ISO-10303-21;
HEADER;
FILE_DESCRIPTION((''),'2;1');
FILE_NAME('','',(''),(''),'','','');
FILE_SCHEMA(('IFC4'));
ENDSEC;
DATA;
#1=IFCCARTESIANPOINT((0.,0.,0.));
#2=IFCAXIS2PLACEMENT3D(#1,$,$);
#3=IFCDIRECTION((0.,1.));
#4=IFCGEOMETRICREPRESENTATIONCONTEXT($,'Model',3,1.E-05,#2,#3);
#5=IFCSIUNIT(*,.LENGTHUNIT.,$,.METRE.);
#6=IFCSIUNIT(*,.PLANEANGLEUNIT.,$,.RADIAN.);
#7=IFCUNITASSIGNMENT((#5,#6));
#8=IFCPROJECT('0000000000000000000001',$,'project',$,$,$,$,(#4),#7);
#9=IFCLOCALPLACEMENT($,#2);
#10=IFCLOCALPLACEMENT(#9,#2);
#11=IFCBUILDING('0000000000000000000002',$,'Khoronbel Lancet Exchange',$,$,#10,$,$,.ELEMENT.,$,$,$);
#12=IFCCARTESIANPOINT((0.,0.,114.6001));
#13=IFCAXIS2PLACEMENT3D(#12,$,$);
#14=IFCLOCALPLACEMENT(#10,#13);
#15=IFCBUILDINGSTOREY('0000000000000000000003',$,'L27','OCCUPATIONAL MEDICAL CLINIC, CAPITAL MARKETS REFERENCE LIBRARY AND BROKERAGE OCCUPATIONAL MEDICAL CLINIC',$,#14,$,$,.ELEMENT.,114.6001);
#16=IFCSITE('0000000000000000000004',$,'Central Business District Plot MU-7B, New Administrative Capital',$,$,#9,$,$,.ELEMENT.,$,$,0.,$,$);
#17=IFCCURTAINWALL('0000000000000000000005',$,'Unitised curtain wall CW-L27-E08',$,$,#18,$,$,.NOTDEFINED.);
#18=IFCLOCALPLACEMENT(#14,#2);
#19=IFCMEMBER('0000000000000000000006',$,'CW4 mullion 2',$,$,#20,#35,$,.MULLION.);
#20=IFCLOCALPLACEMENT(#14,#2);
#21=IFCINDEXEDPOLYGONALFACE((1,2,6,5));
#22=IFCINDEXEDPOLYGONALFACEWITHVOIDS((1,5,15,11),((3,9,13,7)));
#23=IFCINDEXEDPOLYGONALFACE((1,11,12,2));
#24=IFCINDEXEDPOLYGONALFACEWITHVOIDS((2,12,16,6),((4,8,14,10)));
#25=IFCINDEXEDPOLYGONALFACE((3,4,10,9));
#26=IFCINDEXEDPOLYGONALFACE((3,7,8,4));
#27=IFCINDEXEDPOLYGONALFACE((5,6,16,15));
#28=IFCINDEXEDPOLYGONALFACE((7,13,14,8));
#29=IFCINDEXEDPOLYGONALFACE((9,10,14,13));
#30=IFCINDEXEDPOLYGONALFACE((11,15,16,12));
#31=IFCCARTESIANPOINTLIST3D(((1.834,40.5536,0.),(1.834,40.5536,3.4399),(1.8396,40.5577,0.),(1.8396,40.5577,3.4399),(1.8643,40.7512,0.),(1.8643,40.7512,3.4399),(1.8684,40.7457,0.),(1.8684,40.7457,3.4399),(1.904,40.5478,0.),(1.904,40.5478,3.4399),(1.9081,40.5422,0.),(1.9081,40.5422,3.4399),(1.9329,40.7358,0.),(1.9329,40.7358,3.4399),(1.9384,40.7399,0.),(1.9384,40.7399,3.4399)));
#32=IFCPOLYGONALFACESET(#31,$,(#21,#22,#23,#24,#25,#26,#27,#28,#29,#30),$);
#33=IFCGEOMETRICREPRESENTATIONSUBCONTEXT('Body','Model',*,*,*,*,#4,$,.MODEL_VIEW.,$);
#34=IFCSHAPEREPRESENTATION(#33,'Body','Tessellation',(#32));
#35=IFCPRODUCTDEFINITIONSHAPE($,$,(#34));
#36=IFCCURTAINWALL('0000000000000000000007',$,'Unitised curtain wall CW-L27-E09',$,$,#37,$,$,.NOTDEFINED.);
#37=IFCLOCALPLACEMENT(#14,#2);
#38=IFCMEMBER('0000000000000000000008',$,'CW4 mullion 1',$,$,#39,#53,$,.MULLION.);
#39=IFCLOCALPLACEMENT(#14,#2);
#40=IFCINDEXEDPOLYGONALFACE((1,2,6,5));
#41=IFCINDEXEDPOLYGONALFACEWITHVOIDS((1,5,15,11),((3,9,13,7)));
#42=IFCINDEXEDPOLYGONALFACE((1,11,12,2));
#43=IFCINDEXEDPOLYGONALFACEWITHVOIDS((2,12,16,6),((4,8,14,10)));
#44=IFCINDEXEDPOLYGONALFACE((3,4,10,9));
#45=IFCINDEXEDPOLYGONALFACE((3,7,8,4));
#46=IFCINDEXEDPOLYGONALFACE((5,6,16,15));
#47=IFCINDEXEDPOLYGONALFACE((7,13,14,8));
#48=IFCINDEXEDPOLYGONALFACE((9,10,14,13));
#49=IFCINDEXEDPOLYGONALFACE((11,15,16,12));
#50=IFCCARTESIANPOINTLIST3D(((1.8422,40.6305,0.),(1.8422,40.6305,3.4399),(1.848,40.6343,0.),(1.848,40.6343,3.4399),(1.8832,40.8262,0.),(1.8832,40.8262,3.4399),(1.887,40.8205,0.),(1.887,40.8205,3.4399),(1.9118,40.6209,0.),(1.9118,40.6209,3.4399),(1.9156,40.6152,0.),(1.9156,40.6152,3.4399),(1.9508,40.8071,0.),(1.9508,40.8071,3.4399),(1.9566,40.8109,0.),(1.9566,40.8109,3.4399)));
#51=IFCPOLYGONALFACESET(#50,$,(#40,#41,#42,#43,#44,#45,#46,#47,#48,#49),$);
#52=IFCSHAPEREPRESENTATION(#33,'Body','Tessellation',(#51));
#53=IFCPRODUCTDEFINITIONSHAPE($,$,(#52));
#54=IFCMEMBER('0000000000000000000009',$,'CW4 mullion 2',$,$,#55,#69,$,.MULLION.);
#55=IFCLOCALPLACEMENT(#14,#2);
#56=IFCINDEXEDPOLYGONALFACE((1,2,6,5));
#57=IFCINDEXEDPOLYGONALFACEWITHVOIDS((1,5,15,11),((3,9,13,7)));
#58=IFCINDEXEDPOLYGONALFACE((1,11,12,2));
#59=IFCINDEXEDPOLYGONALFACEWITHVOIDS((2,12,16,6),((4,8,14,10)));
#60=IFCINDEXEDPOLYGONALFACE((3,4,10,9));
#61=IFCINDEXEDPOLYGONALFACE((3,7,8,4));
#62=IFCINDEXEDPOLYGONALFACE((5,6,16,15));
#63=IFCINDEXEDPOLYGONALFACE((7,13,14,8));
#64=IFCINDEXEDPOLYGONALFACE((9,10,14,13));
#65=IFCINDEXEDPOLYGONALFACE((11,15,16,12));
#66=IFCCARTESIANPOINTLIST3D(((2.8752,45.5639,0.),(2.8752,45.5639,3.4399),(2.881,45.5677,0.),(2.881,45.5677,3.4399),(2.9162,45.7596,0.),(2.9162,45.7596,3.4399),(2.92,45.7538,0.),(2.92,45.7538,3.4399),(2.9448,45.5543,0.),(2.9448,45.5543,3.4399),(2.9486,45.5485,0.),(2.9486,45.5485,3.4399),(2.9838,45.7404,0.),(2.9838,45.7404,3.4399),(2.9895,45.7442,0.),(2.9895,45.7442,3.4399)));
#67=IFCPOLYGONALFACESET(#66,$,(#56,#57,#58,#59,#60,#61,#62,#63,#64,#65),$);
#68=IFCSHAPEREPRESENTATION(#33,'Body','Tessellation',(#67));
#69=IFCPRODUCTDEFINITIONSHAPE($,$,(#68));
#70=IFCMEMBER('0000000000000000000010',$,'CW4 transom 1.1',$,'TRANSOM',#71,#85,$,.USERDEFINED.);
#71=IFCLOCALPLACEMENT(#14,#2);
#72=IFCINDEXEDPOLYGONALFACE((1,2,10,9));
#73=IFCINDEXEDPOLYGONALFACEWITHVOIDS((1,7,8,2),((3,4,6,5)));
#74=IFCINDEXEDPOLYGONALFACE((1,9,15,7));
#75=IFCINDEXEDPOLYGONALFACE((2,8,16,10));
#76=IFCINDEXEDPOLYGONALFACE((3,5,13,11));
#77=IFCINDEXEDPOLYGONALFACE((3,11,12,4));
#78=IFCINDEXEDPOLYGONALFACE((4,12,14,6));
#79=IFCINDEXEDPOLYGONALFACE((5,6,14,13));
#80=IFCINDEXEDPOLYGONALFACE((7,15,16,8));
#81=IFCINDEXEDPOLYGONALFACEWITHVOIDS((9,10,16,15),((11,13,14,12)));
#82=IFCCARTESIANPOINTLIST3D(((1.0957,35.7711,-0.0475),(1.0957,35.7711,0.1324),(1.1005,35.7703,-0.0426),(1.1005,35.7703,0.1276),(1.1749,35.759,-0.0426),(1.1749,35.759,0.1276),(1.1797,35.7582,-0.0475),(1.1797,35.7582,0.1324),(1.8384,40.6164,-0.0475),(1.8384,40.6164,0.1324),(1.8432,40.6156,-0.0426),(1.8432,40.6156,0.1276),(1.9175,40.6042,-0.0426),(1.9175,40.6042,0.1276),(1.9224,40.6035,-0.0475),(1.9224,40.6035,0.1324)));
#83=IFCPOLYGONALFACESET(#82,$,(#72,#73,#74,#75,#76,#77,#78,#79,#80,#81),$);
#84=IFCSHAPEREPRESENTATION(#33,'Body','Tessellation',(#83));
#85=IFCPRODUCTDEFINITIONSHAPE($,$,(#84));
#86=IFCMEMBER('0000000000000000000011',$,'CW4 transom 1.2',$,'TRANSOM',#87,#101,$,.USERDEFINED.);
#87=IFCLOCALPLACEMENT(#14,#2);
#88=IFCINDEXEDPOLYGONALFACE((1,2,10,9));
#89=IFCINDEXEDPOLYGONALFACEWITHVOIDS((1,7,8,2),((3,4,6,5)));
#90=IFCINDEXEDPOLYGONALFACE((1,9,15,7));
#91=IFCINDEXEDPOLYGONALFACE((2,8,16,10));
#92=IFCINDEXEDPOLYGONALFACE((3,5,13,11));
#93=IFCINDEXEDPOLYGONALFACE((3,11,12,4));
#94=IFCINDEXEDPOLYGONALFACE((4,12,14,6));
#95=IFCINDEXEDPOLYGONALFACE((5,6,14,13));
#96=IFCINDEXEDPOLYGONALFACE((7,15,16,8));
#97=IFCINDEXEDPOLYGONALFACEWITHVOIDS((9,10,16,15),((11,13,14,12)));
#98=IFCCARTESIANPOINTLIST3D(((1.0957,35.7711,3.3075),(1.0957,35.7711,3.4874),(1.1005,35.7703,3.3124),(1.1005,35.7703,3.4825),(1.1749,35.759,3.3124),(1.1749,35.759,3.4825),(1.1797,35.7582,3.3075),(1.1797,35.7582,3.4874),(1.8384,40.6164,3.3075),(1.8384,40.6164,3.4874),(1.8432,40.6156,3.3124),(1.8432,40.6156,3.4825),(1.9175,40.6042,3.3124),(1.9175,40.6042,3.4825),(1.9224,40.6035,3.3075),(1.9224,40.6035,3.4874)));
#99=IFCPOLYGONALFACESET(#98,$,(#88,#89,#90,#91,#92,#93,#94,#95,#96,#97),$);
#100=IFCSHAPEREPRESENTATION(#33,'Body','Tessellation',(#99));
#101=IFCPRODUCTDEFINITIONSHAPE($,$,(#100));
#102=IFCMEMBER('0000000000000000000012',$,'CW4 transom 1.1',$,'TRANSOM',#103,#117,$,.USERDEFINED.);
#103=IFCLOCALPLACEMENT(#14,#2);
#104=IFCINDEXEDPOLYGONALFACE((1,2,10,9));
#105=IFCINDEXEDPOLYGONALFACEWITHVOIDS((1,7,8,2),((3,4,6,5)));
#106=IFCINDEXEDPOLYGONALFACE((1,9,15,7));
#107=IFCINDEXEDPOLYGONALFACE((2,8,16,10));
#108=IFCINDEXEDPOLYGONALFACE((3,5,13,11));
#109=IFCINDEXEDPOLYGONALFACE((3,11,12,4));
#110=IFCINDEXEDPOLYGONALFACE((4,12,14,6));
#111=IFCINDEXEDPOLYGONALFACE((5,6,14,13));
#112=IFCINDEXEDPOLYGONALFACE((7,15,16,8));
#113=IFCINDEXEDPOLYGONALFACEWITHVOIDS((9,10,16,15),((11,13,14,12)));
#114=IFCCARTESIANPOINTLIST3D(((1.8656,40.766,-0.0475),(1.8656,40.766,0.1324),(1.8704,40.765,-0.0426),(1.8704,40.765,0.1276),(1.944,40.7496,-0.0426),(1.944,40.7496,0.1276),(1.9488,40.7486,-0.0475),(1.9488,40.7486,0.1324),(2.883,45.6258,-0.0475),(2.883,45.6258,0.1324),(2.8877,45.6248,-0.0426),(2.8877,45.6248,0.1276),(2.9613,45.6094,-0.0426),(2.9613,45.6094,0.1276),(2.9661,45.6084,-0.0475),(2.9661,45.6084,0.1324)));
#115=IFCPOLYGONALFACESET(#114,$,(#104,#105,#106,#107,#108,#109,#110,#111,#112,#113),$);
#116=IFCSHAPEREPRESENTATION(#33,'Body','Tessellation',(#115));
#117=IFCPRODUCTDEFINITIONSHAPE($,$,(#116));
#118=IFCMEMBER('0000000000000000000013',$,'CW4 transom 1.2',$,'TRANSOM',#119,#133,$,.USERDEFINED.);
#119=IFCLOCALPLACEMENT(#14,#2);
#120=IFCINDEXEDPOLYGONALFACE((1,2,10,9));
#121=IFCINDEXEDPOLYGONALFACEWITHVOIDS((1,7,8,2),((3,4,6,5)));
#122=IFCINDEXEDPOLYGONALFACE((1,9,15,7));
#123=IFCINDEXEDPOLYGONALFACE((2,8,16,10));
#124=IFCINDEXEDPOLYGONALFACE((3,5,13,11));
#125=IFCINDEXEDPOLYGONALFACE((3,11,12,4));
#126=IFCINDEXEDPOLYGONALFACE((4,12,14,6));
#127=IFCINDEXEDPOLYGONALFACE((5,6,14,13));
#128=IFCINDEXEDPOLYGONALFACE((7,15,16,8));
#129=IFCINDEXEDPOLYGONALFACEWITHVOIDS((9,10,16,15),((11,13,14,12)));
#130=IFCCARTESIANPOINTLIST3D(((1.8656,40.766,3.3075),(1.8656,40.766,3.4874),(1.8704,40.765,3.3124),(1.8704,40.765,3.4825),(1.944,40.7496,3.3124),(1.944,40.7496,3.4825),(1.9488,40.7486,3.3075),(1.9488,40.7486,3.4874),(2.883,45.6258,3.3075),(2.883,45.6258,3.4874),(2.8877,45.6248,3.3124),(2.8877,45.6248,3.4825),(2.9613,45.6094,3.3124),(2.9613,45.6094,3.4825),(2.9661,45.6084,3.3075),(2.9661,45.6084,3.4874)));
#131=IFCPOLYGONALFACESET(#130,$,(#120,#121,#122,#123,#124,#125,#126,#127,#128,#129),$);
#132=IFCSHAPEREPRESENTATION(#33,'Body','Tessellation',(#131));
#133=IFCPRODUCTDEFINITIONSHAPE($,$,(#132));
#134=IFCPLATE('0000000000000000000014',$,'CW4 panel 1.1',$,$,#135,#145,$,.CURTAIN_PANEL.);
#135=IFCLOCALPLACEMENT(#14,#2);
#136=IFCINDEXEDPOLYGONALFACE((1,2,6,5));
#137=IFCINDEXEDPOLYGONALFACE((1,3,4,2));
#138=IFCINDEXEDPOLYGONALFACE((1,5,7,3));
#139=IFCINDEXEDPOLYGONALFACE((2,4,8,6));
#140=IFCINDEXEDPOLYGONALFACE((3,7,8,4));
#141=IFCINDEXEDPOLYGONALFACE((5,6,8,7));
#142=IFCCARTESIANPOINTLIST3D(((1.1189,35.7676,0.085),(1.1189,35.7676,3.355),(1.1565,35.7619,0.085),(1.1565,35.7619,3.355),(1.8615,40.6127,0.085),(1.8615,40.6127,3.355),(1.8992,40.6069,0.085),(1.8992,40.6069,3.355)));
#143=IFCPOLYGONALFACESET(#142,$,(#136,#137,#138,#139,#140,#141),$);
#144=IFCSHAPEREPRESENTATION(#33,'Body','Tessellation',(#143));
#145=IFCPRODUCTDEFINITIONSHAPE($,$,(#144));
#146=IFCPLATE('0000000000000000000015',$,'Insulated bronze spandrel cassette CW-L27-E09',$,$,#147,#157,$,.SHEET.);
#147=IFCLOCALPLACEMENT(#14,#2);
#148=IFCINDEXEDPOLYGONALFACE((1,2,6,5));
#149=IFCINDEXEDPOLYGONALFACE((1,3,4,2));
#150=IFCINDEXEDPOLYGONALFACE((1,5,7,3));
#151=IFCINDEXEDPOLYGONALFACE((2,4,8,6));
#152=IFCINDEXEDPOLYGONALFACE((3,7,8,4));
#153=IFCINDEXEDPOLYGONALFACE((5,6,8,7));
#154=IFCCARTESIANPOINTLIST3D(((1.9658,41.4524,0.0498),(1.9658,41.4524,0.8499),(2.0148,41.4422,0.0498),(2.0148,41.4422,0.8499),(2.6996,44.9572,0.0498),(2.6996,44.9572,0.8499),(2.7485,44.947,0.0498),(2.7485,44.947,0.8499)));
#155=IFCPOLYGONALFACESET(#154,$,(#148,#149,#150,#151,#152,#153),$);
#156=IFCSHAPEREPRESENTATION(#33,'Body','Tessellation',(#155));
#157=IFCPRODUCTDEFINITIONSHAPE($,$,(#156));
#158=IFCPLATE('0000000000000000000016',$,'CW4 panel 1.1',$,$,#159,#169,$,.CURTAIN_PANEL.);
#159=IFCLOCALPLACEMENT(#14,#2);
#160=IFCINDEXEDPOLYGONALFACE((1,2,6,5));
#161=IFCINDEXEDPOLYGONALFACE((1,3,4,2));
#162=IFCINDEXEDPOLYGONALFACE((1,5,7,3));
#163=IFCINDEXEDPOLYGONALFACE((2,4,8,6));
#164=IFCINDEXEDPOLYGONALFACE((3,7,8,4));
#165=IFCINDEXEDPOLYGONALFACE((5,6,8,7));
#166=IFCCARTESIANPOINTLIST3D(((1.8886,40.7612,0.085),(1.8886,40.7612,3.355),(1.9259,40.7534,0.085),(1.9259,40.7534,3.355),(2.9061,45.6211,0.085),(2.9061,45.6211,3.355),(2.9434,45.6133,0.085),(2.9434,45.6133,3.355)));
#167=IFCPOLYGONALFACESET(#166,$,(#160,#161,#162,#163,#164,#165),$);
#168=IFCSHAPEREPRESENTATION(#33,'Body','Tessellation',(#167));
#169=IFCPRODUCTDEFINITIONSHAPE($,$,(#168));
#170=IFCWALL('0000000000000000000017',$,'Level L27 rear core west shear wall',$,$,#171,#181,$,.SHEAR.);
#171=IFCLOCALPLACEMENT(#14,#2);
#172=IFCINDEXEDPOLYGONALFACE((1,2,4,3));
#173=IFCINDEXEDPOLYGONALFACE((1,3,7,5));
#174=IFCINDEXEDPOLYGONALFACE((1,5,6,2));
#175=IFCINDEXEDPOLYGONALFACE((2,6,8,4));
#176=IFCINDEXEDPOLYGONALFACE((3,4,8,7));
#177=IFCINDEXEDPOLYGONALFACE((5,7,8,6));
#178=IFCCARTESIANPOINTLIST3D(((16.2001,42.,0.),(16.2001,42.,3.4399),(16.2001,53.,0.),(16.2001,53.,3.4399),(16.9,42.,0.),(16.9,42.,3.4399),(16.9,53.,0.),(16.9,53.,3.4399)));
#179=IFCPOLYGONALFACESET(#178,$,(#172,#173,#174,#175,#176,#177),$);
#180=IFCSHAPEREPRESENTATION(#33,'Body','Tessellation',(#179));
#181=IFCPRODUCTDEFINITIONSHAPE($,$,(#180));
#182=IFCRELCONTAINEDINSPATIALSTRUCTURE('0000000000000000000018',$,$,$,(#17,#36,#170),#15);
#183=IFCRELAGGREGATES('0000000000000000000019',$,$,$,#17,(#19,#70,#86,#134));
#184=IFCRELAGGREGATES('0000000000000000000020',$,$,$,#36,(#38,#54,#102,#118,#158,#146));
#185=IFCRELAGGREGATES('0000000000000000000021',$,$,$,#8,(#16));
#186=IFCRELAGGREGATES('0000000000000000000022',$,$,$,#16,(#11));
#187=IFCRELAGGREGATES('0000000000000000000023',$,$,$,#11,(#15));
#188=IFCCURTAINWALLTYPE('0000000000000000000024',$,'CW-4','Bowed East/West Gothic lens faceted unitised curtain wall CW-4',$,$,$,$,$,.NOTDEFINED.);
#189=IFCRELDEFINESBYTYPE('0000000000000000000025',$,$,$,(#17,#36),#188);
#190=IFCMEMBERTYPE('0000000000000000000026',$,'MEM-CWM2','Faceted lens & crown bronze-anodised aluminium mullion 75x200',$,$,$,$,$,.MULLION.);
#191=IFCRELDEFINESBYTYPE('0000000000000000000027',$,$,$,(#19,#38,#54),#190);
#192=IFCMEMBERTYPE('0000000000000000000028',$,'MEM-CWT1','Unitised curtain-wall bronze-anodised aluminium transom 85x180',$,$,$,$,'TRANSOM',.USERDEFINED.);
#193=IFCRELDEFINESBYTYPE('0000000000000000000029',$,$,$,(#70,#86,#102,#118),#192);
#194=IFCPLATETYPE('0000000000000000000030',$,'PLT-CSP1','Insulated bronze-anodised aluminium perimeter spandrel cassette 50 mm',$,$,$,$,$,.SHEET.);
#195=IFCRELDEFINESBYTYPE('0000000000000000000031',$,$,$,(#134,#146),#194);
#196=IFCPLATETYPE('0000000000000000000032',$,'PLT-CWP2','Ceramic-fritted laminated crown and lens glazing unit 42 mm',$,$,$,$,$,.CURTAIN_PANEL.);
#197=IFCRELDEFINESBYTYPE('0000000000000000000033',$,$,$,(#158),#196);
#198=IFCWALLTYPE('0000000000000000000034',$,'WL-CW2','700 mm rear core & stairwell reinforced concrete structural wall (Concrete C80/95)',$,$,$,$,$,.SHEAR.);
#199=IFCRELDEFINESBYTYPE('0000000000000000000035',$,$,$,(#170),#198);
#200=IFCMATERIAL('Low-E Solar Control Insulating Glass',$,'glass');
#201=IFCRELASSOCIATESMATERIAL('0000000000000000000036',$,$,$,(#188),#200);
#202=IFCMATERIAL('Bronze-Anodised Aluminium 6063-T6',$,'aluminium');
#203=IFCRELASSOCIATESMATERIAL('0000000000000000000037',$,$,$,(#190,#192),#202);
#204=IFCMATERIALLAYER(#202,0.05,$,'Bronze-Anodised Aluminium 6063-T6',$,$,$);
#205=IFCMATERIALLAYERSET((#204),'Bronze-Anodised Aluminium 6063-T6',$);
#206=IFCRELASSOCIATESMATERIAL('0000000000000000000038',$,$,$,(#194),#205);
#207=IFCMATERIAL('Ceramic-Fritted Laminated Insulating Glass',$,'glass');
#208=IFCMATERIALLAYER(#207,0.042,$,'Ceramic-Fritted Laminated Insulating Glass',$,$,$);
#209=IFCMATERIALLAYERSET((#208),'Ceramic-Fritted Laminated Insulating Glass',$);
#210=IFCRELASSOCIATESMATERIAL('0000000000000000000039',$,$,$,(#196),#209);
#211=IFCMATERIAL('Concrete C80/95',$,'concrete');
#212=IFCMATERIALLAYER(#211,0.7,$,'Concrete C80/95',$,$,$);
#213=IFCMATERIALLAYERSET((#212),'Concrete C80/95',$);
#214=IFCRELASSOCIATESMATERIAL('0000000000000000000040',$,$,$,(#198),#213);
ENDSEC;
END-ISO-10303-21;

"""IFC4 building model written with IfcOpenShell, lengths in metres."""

from ifc_helpers import new_model, si_unit, direction, frame, frame_2d, origin, origin_2d, place, context, subcontext, project, spatial, rectangle, hollow_rectangle, extrude, material, layer, layer_set, material_profile, profile_set, type_object, element, aggregate, save


model = new_model("IFC4")

# Units and contexts
model_context = context("Model", 3, precision=1e-05, world=origin(), true_north=direction((0.0, 1.0)))
body_context = subcontext(model_context, "Body", "Model", "MODEL_VIEW")
ifc_project = project(units=[si_unit("LENGTHUNIT", "METRE"), si_unit("PLANEANGLEUNIT", "RADIAN")], contexts=[model_context])

# Site, building, storey
site_placement = place(None, origin())
site = spatial("IfcSite", under=ifc_project, at=site_placement, Name="Central Business District Plot MU-7B, New Administrative Capital", CompositionType="ELEMENT", RefElevation=0.0)
building_placement = place(site_placement, origin())
building = spatial("IfcBuilding", under=site, at=building_placement, Name="Khoronbel Lancet Exchange", CompositionType="ELEMENT")
storey_placement = place(building_placement, frame((0.0, 0.0, 114.6001)))
storey = spatial("IfcBuildingStorey", under=building, at=storey_placement, Name="L27", Description="OCCUPATIONAL MEDICAL CLINIC, CAPITAL MARKETS REFERENCE LIBRARY AND BROKERAGE OCCUPATIONAL MEDICAL CLINIC", CompositionType="ELEMENT", Elevation=114.6001)

# Curtain walls, members
ifc_material_1 = material(Name="Low-E Solar Control Insulating Glass", Category="glass")
curtain_wall_type = type_object("IfcCurtainWallType", Name="CW-4", Description="Bowed East/West Gothic lens faceted unitised curtain wall CW-4", PredefinedType="NOTDEFINED", material=ifc_material_1)
curtain_wall_1_placement = place(storey_placement, origin())
curtain_wall_1 = element("IfcCurtainWall", 1, at=curtain_wall_1_placement, inside=storey, type_object=curtain_wall_type, Name="Unitised curtain wall CW-L27-E08", PredefinedType="NOTDEFINED")
ifc_material_2 = material(Name="Bronze-Anodised Aluminium 6063-T6", Category="aluminium")
ifc_material_profile_1 = material_profile(ifc_material_2, hollow_rectangle(XDim=0.075, YDim=0.2, WallThickness=0.0049, at=origin_2d()), Name="ALU MULLION 75x200")
ifc_profile_set_1 = profile_set([ifc_material_profile_1], Name="Bronze-Anodised Aluminium 6063-T6")
member_type_1 = type_object("IfcMemberType", Name="MEM-CWM2", Description="Faceted lens & crown bronze-anodised aluminium mullion 75x200", PredefinedType="MULLION", material=ifc_profile_set_1)
member_1_placement = place(storey_placement, frame((1.8862, 40.6467, 0.0), z_axis=(0.0, 0.0, 1.0), x_axis=(-0.988455, 0.151516, 0.0)))
member_1 = element("IfcMember", 2, at=member_1_placement, type_object=member_type_1, Name="CW4 mullion 2", PredefinedType="MULLION", context=body_context, shape_type="SweptSolid", body=[
    extrude(hollow_rectangle(XDim=0.075, YDim=0.2, WallThickness=0.0049, at=origin_2d()), origin(), (0.0, 0.0, 1.0), 3.4399),
])
curtain_wall_2_placement = place(storey_placement, origin())
curtain_wall_2 = element("IfcCurtainWall", 3, at=curtain_wall_2_placement, inside=storey, type_object=curtain_wall_type, Name="Unitised curtain wall CW-L27-E09", PredefinedType="NOTDEFINED")
member_2_placement = place(storey_placement, frame((1.8994, 40.7207, 0.0), z_axis=(0.0, 0.0, 1.0), x_axis=(-0.97878, 0.204913, 0.0)))
member_2 = element("IfcMember", 4, at=member_2_placement, type_object=member_type_1, Name="CW4 mullion 1", PredefinedType="MULLION", context=body_context, shape_type="SweptSolid", body=[
    extrude(hollow_rectangle(XDim=0.075, YDim=0.2, WallThickness=0.0049, at=origin_2d()), origin(), (0.0, 0.0, 1.0), 3.4399),
])
member_3_placement = place(storey_placement, frame((2.9324, 45.6541, 0.0), z_axis=(0.0, 0.0, 1.0), x_axis=(-0.97878, 0.204913, 0.0)))
member_3 = element("IfcMember", 5, at=member_3_placement, type_object=member_type_1, Name="CW4 mullion 2", PredefinedType="MULLION", context=body_context, shape_type="SweptSolid", body=[
    extrude(hollow_rectangle(XDim=0.075, YDim=0.2, WallThickness=0.0049, at=origin_2d()), origin(), (0.0, 0.0, 1.0), 3.4399),
])

# Members
ifc_material_profile_2 = material_profile(ifc_material_2, hollow_rectangle(XDim=0.085, YDim=0.1799, WallThickness=0.0049, at=origin_2d()), Name="ALU TRANSOM 85x180")
ifc_profile_set_2 = profile_set([ifc_material_profile_2], Name="Bronze-Anodised Aluminium 6063-T6")
member_type_2 = type_object("IfcMemberType", Name="MEM-CWT1", Description="Unitised curtain-wall bronze-anodised aluminium transom 85x180", ElementType="TRANSOM", PredefinedType="USERDEFINED", material=ifc_profile_set_2)
member_4_placement = place(storey_placement, frame((1.1377, 35.7646, 0.0425), z_axis=(0.151511, 0.988456, 0.0), x_axis=(-0.988456, 0.151511, 0.0)))
member_4 = element("IfcMember", 6, at=member_4_placement, type_object=member_type_2, Name="CW4 transom 1.1", ObjectType="TRANSOM", PredefinedType="USERDEFINED", context=body_context, shape_type="SweptSolid", body=[
    extrude(hollow_rectangle(XDim=0.085, YDim=0.1799, WallThickness=0.0049, at=origin_2d()), origin(), (0.0, 0.0, 1.0), 4.9019),
])
member_5_placement = place(storey_placement, frame((1.1377, 35.7646, 3.3975), z_axis=(0.151511, 0.988456, 0.0), x_axis=(-0.988456, 0.151511, 0.0)))
member_5 = element("IfcMember", 7, at=member_5_placement, type_object=member_type_2, Name="CW4 transom 1.2", ObjectType="TRANSOM", PredefinedType="USERDEFINED", context=body_context, shape_type="SweptSolid", body=[
    extrude(hollow_rectangle(XDim=0.085, YDim=0.1799, WallThickness=0.0049, at=origin_2d()), origin(), (0.0, 0.0, 1.0), 4.9019),
])
member_6_placement = place(storey_placement, frame((1.9072, 40.7573, 0.0425), z_axis=(0.204893, 0.978784, 0.0), x_axis=(-0.978784, 0.204893, 0.0)))
member_6 = element("IfcMember", 8, at=member_6_placement, type_object=member_type_2, Name="CW4 transom 1.1", ObjectType="TRANSOM", PredefinedType="USERDEFINED", context=body_context, shape_type="SweptSolid", body=[
    extrude(hollow_rectangle(XDim=0.085, YDim=0.1799, WallThickness=0.0049, at=origin_2d()), origin(), (0.0, 0.0, 1.0), 4.9651),
])
member_7_placement = place(storey_placement, frame((1.9072, 40.7573, 3.3975), z_axis=(0.204893, 0.978784, 0.0), x_axis=(-0.978784, 0.204893, 0.0)))
member_7 = element("IfcMember", 9, at=member_7_placement, type_object=member_type_2, Name="CW4 transom 1.2", ObjectType="TRANSOM", PredefinedType="USERDEFINED", context=body_context, shape_type="SweptSolid", body=[
    extrude(hollow_rectangle(XDim=0.085, YDim=0.1799, WallThickness=0.0049, at=origin_2d()), origin(), (0.0, 0.0, 1.0), 4.9651),
])

# Plates
ifc_layer_1 = layer(ifc_material_2, 0.05, Name="Bronze-Anodised Aluminium 6063-T6")
ifc_layer_set_1 = layer_set([ifc_layer_1], Name="Bronze-Anodised Aluminium 6063-T6")
plate_type_1 = type_object("IfcPlateType", Name="PLT-CSP1", Description="Insulated bronze-anodised aluminium perimeter spandrel cassette 50 mm", PredefinedType="SHEET", material=ifc_layer_set_1)
plate_1_placement = place(storey_placement, frame((1.509, 38.1873, 0.085), z_axis=(0.0, 0.0, 1.0), x_axis=(0.151516, 0.988455, 0.0)))
plate_1 = element("IfcPlate", 10, at=plate_1_placement, type_object=plate_type_1, Name="CW4 panel 1.1", PredefinedType="CURTAIN_PANEL", context=body_context, shape_type="SweptSolid", body=[
    extrude(rectangle(XDim=4.9016, YDim=0.0381, at=origin_2d()), origin(), (0.0, 0.0, 1.0), 3.27),
])
aggregate(curtain_wall_1, [member_1, member_4, member_5, plate_1])
plate_2_placement = place(storey_placement, frame((2.3572, 43.1997, 0.0498), z_axis=(0.0, 0.0, 1.0), x_axis=(0.204913, 0.97878, 0.0)))
plate_2 = element("IfcPlate", 11, at=plate_2_placement, type_object=plate_type_1, Name="Insulated bronze spandrel cassette CW-L27-E09", PredefinedType="SHEET", context=body_context, shape_type="SweptSolid", body=[
    extrude(rectangle(XDim=3.5808, YDim=0.05, at=origin_2d()), origin(), (0.0, 0.0, 1.0), 0.8),
])
ifc_material_3 = material(Name="Ceramic-Fritted Laminated Insulating Glass", Category="glass")
ifc_layer_2 = layer(ifc_material_3, 0.042, Name="Ceramic-Fritted Laminated Insulating Glass")
ifc_layer_set_2 = layer_set([ifc_layer_2], Name="Ceramic-Fritted Laminated Insulating Glass")
plate_type_2 = type_object("IfcPlateType", Name="PLT-CWP2", Description="Ceramic-fritted laminated crown and lens glazing unit 42 mm", PredefinedType="CURTAIN_PANEL", material=ifc_layer_set_2)
plate_3_placement = place(storey_placement, frame((2.416, 43.1873, 0.085), z_axis=(0.0, 0.0, 1.0), x_axis=(0.204913, 0.97878, 0.0)))
plate_3 = element("IfcPlate", 12, at=plate_3_placement, type_object=plate_type_2, Name="CW4 panel 1.1", PredefinedType="CURTAIN_PANEL", context=body_context, shape_type="SweptSolid", body=[
    extrude(rectangle(XDim=4.9653, YDim=0.0381, at=origin_2d()), origin(), (0.0, 0.0, 1.0), 3.27),
])
aggregate(curtain_wall_2, [member_2, member_3, member_6, member_7, plate_3, plate_2])

# Wall
ifc_material_4 = material(Name="Concrete C80/95", Category="concrete")
ifc_layer_3 = layer(ifc_material_4, 0.7, Name="Concrete C80/95")
ifc_layer_set_3 = layer_set([ifc_layer_3], Name="Concrete C80/95")
wall_type_1 = type_object("IfcWallType", Name="WL-CW2", Description="700 mm rear core & stairwell reinforced concrete structural wall (Concrete C80/95)", PredefinedType="SHEAR", material=ifc_layer_set_3)
wall_1_placement = place(storey_placement, frame((16.55, 42.0, 0.0), z_axis=(0.0, 0.0, 1.0), x_axis=(0.0, 1.0, 0.0)))
element("IfcWall", 13, at=wall_1_placement, inside=storey, type_object=wall_type_1, Name="Level L27 rear core west shear wall", PredefinedType="SHEAR", context=body_context, shape_type="SweptSolid", body=[
    extrude(rectangle(XDim=11.0, YDim=0.7, at=frame_2d((5.5, 0.0))), origin(), (0.0, 0.0, 1.0), 3.4399),
])

save(model, "model.ifc")
